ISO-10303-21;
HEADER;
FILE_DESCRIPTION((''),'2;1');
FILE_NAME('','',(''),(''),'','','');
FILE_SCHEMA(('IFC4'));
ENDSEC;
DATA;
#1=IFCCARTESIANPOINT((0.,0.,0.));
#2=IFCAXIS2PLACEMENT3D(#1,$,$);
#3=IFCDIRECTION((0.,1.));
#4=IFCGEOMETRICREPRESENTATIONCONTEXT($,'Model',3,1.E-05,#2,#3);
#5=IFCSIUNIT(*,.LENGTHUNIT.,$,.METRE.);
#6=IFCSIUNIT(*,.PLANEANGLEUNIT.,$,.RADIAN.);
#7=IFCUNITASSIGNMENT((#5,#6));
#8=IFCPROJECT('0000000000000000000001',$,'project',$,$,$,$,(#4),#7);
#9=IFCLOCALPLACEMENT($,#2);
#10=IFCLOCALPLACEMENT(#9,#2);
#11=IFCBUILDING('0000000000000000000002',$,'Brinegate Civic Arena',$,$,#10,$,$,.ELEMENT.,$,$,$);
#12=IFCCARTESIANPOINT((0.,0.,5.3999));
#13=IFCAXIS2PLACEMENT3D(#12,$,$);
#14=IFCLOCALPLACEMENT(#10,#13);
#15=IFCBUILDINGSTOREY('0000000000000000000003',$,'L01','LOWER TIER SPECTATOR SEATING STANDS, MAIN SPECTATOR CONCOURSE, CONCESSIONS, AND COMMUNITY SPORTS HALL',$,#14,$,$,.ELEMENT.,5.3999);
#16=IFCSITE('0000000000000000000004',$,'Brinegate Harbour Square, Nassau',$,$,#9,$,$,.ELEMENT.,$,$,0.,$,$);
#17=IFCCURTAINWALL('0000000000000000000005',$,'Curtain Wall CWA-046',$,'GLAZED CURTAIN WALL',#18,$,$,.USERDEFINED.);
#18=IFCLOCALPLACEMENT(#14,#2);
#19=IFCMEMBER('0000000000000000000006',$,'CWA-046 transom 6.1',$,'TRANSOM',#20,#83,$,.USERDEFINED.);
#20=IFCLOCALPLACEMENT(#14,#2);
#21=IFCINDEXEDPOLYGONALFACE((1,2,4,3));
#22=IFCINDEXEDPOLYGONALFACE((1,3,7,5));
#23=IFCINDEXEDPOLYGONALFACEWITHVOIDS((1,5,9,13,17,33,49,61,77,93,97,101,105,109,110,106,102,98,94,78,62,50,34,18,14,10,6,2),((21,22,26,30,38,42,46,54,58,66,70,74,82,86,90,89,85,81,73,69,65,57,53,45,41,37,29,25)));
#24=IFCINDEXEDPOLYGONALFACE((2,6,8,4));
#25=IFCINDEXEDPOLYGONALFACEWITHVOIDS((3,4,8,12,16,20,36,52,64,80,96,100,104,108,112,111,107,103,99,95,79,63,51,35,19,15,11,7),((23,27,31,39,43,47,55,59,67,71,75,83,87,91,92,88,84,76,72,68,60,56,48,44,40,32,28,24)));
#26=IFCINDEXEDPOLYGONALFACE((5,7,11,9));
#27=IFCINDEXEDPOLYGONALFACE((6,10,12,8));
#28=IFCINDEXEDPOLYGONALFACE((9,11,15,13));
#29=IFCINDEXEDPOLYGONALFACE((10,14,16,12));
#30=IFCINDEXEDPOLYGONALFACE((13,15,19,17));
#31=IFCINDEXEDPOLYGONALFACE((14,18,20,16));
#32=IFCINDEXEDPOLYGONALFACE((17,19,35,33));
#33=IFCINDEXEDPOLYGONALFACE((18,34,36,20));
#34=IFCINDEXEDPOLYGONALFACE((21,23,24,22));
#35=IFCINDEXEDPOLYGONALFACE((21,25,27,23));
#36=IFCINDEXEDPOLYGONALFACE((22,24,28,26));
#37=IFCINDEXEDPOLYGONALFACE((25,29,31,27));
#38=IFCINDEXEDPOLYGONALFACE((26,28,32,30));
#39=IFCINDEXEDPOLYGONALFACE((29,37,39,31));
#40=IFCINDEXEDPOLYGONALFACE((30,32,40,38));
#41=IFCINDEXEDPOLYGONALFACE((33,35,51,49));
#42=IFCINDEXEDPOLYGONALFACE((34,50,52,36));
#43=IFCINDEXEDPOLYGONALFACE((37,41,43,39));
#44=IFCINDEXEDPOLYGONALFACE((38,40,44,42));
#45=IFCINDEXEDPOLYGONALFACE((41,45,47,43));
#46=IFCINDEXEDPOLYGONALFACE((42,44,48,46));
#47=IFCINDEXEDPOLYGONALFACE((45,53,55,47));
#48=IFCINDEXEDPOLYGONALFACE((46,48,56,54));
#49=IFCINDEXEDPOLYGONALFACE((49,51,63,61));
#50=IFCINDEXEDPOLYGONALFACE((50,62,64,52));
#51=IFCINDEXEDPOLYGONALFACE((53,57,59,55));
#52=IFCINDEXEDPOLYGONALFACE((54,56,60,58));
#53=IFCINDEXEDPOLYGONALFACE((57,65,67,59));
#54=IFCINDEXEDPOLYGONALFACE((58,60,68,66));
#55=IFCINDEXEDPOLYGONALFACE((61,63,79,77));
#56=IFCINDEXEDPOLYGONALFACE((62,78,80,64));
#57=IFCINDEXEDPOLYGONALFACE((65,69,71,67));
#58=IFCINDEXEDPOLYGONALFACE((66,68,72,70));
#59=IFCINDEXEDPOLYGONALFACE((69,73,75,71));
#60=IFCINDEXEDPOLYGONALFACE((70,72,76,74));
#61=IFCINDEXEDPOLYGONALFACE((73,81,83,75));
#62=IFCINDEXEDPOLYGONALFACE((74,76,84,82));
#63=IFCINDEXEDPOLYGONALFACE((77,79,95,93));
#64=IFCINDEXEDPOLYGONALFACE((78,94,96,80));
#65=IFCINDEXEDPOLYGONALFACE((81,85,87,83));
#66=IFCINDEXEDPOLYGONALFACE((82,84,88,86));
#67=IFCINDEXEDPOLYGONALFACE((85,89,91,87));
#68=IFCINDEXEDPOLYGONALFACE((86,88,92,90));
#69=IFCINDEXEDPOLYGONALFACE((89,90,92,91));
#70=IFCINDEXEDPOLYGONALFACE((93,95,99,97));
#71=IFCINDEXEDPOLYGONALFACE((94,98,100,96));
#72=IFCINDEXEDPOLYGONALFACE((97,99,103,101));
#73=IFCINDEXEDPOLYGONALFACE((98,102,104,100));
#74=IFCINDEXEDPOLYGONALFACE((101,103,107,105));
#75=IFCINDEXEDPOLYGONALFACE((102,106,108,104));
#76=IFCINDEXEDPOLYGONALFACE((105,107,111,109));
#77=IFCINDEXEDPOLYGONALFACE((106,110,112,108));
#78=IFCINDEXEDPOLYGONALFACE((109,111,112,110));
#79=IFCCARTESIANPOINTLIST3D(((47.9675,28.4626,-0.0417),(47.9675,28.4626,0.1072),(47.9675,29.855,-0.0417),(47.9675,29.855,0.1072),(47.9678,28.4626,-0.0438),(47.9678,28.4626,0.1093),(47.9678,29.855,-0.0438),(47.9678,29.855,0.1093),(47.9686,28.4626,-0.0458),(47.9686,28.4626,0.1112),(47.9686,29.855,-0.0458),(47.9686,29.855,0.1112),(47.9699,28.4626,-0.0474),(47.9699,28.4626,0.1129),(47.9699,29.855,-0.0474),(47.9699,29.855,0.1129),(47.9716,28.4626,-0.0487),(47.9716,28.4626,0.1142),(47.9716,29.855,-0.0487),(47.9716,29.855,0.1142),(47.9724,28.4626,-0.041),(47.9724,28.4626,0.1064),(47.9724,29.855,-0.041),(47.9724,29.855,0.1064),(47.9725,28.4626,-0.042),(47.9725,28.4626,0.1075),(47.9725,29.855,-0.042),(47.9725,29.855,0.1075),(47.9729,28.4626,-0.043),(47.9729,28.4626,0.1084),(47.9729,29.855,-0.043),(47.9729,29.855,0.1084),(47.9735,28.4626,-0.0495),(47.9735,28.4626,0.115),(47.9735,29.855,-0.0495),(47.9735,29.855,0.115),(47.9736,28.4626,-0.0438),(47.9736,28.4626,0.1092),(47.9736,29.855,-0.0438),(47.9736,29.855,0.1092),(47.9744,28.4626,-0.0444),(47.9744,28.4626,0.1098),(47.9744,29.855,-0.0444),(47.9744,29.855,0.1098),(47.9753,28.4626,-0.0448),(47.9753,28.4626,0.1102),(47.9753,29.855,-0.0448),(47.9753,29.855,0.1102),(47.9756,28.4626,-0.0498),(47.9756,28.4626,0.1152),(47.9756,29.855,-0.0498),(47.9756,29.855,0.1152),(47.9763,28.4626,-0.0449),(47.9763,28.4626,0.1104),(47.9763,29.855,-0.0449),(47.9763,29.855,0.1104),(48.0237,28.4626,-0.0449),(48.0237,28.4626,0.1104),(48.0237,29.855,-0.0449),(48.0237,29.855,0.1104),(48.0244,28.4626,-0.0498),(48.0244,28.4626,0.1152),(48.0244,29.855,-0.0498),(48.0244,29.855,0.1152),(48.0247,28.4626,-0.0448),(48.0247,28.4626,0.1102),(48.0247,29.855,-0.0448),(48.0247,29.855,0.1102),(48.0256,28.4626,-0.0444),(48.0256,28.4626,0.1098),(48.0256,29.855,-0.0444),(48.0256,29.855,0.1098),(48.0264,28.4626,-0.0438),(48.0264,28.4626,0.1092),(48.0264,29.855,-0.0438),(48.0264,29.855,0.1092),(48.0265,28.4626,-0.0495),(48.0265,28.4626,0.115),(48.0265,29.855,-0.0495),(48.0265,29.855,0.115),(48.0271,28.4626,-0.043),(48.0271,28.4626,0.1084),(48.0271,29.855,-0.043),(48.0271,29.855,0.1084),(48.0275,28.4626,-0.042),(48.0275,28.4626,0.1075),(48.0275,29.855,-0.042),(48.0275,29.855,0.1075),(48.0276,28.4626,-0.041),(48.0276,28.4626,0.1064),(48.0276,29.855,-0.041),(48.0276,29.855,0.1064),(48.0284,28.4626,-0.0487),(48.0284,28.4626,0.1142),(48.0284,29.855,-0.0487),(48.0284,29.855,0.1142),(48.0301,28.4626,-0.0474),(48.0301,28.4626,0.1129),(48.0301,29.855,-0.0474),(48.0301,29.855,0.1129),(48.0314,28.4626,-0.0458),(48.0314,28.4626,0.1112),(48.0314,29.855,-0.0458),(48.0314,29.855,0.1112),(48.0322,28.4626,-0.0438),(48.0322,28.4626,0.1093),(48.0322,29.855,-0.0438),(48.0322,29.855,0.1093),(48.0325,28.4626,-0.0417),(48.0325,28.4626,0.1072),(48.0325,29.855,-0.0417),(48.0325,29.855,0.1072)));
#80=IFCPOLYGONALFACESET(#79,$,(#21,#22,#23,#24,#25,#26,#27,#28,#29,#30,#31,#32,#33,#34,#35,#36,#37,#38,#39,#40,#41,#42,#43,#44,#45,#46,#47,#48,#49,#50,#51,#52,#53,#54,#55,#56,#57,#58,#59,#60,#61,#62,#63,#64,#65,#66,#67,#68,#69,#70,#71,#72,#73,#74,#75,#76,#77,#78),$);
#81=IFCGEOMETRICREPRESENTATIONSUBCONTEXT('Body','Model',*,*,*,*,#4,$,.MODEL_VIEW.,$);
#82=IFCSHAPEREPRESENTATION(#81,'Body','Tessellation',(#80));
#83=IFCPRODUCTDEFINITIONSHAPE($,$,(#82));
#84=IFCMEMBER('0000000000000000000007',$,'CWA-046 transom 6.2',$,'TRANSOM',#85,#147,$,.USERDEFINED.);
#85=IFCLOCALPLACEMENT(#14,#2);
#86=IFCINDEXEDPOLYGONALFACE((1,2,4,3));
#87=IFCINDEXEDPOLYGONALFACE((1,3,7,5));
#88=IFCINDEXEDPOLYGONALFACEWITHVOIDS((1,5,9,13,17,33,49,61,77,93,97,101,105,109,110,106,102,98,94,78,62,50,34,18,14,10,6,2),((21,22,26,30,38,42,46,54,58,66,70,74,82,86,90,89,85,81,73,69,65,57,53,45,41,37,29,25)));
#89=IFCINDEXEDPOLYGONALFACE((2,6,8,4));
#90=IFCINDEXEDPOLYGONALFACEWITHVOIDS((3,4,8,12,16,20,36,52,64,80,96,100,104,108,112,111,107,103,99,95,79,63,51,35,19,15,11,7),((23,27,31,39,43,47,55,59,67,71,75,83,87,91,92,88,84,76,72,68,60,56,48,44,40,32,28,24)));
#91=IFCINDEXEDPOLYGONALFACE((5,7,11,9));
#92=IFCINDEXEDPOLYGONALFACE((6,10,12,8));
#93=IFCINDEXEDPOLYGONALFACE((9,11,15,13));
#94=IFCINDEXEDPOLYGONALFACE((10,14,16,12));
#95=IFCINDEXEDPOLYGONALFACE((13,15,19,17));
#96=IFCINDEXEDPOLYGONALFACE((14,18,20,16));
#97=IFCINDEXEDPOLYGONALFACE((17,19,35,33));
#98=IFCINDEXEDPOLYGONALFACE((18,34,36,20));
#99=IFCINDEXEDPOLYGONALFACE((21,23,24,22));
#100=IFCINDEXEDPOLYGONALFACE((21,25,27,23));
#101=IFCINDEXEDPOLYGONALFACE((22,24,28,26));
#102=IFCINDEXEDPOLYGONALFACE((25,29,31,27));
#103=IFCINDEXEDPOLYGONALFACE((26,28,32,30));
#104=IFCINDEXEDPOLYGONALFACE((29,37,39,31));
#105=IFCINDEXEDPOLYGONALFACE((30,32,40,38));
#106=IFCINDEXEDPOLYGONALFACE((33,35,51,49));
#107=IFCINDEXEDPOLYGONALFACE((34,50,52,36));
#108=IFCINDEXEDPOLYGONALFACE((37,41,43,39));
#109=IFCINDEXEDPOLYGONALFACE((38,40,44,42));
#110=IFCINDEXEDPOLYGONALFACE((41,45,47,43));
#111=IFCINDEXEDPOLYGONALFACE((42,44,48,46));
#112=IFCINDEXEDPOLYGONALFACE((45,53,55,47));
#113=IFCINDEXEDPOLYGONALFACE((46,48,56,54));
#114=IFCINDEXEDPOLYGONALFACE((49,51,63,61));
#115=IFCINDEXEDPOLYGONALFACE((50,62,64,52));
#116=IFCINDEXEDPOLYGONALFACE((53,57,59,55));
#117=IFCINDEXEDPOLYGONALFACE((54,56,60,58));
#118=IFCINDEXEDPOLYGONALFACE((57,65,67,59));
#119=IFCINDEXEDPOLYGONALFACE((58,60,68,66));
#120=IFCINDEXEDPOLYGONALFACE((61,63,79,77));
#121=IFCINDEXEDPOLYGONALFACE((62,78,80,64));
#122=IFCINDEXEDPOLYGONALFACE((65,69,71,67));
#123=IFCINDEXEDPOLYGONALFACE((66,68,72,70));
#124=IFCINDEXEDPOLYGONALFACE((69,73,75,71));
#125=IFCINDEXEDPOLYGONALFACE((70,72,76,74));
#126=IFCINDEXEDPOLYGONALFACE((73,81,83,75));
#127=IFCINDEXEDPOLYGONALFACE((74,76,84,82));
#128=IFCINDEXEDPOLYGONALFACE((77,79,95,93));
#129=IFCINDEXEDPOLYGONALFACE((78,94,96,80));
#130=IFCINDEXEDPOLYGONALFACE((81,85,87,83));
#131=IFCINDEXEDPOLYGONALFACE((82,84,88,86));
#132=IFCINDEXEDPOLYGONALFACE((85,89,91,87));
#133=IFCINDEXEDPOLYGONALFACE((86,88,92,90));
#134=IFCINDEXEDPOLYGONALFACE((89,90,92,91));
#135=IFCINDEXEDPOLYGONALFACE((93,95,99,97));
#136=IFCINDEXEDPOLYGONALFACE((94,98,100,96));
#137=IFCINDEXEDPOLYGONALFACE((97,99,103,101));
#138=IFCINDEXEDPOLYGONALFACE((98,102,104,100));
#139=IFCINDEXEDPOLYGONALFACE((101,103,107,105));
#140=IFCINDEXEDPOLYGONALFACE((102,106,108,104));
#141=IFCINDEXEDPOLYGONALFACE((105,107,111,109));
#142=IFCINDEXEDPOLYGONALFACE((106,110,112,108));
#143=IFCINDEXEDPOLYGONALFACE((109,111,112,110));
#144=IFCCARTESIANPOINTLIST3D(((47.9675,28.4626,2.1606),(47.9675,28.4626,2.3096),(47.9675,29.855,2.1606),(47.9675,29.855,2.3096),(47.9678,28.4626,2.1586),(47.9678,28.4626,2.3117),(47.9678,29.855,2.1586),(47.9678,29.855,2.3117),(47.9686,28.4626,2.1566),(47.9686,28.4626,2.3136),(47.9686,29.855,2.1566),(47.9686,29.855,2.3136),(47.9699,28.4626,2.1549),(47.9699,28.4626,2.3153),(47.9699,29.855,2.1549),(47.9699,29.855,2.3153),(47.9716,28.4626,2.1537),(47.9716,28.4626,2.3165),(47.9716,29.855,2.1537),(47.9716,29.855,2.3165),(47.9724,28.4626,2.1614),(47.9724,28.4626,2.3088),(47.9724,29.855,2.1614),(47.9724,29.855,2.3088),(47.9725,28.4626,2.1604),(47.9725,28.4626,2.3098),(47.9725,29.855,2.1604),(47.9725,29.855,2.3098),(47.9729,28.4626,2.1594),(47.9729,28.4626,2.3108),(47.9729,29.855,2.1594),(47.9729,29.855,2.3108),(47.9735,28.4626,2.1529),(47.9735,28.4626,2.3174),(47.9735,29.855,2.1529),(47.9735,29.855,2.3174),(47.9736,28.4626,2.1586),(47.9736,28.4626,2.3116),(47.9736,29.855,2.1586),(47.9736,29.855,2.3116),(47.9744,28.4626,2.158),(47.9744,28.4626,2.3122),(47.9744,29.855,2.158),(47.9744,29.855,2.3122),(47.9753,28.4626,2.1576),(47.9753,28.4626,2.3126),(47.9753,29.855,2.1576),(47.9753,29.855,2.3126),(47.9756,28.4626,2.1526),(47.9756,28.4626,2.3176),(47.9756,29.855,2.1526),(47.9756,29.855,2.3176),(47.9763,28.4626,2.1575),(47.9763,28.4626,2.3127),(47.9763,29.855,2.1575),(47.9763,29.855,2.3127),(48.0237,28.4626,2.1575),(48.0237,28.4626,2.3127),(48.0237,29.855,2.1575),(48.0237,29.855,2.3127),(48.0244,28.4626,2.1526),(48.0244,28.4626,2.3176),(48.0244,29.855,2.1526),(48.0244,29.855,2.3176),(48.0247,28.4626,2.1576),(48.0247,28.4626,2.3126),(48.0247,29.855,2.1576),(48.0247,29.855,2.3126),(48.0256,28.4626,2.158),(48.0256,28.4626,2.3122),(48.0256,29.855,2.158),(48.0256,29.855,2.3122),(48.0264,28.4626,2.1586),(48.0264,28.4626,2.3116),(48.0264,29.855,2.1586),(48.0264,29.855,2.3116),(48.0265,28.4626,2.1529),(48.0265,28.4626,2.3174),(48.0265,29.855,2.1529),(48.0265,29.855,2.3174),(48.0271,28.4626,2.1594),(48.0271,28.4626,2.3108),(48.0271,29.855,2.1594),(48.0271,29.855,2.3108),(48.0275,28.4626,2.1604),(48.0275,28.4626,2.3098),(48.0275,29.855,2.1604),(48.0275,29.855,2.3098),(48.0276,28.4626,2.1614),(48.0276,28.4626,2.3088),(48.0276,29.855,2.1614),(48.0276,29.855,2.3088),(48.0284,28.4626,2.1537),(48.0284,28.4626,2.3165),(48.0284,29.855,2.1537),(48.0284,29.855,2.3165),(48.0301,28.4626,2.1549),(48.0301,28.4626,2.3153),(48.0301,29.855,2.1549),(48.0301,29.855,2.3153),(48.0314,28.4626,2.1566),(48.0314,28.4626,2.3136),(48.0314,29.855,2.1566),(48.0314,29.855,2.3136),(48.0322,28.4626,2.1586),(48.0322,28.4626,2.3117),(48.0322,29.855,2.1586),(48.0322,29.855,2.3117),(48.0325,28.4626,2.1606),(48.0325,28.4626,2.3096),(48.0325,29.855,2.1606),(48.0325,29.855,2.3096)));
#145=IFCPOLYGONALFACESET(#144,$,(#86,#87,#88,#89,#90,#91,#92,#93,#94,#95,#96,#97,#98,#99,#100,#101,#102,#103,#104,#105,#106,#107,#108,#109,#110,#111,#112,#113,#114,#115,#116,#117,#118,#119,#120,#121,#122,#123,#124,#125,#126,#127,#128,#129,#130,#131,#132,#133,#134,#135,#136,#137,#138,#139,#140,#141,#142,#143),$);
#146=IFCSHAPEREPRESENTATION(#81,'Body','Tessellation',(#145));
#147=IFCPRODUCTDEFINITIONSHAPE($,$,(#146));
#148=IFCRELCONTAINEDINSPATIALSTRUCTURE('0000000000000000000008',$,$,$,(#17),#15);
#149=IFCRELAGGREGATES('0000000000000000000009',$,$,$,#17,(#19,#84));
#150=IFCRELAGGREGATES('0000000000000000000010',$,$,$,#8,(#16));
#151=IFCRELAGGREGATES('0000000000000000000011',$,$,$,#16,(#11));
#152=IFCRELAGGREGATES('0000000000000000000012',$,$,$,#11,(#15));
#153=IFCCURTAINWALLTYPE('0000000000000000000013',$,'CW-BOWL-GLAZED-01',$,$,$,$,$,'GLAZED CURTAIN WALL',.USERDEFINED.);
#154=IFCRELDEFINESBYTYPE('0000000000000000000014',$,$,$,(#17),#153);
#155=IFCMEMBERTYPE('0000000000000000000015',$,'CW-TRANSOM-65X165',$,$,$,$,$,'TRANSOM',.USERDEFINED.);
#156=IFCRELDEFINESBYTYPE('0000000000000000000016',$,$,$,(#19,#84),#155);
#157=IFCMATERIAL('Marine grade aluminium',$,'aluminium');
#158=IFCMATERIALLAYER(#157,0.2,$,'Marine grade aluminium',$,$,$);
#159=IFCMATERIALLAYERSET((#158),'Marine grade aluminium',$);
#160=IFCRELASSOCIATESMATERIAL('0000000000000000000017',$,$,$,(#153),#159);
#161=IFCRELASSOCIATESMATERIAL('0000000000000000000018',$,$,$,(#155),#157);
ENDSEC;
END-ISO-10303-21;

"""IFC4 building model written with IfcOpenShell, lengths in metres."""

from ifc_helpers import new_model, si_unit, direction, frame, origin, origin_2d, place, context, subcontext, project, spatial, hollow_rectangle, extrude, material, layer, layer_set, material_profile, profile_set, type_object, element, aggregate, save


model = new_model("IFC4")

# Units and contexts
model_context = context("Model", 3, precision=1e-05, world=origin(), true_north=direction((0.0, 1.0)))
body_context = subcontext(model_context, "Body", "Model", "MODEL_VIEW")
ifc_project = project(units=[si_unit("LENGTHUNIT", "METRE"), si_unit("PLANEANGLEUNIT", "RADIAN")], contexts=[model_context])

# Site, building, storey
site_placement = place(None, origin())
site = spatial("IfcSite", under=ifc_project, at=site_placement, Name="Brinegate Harbour Square, Nassau", CompositionType="ELEMENT", RefElevation=0.0)
building_placement = place(site_placement, origin())
building = spatial("IfcBuilding", under=site, at=building_placement, Name="Brinegate Civic Arena", CompositionType="ELEMENT")
storey_placement = place(building_placement, frame((0.0, 0.0, 5.3999)))
storey = spatial("IfcBuildingStorey", under=building, at=storey_placement, Name="L01", Description="LOWER TIER SPECTATOR SEATING STANDS, MAIN SPECTATOR CONCOURSE, CONCESSIONS, AND COMMUNITY SPORTS HALL", CompositionType="ELEMENT", Elevation=5.3999)

# Curtain wall
ifc_material_1 = material(Name="Marine grade aluminium", Category="aluminium")
ifc_layer_1 = layer(ifc_material_1, 0.2, Name="Marine grade aluminium")
ifc_layer_set_1 = layer_set([ifc_layer_1], Name="Marine grade aluminium")
curtain_wall_type = type_object("IfcCurtainWallType", Name="CW-BOWL-GLAZED-01", ElementType="GLAZED CURTAIN WALL", PredefinedType="USERDEFINED", material=ifc_layer_set_1)
curtain_wall_1_placement = place(storey_placement, origin())
curtain_wall_1 = element("IfcCurtainWall", 1, at=curtain_wall_1_placement, inside=storey, type_object=curtain_wall_type, Name="Curtain Wall CWA-046", ObjectType="GLAZED CURTAIN WALL", PredefinedType="USERDEFINED")

# Members
ifc_material_profile_1 = material_profile(ifc_material_1, hollow_rectangle(XDim=0.0649, YDim=0.165, WallThickness=0.0049, InnerFilletRadius=0.0039, OuterFilletRadius=0.0081, at=origin_2d()), Name="TRN65X165")
ifc_profile_set_1 = profile_set([ifc_material_profile_1], Name="Marine grade aluminium")
member_type_1 = type_object("IfcMemberType", Name="CW-TRANSOM-65X165", ElementType="TRANSOM", PredefinedType="USERDEFINED", material=ifc_profile_set_1)
member_1_placement = place(storey_placement, frame((48.0, 28.4626, 0.0327), z_axis=(0.0, 1.0, 0.0), x_axis=(-1.0, 0.0, 0.0)))
member_1 = element("IfcMember", 2, at=member_1_placement, type_object=member_type_1, Name="CWA-046 transom 6.1", ObjectType="TRANSOM", PredefinedType="USERDEFINED", context=body_context, shape_type="SweptSolid", body=[
    extrude(hollow_rectangle(XDim=0.0649, YDim=0.165, WallThickness=0.0049, InnerFilletRadius=0.0039, OuterFilletRadius=0.0081, at=origin_2d()), origin(), (0.0, 0.0, 1.0), 1.3923),
])
member_2_placement = place(storey_placement, frame((48.0, 28.4626, 2.2351), z_axis=(0.0, 1.0, 0.0), x_axis=(-1.0, 0.0, 0.0)))
member_2 = element("IfcMember", 3, at=member_2_placement, type_object=member_type_1, Name="CWA-046 transom 6.2", ObjectType="TRANSOM", PredefinedType="USERDEFINED", context=body_context, shape_type="SweptSolid", body=[
    extrude(hollow_rectangle(XDim=0.0649, YDim=0.165, WallThickness=0.0049, InnerFilletRadius=0.0039, OuterFilletRadius=0.0081, at=origin_2d()), origin(), (0.0, 0.0, 1.0), 1.3923),
])

aggregate(curtain_wall_1, [member_1, member_2])

save(model, "model.ifc")
